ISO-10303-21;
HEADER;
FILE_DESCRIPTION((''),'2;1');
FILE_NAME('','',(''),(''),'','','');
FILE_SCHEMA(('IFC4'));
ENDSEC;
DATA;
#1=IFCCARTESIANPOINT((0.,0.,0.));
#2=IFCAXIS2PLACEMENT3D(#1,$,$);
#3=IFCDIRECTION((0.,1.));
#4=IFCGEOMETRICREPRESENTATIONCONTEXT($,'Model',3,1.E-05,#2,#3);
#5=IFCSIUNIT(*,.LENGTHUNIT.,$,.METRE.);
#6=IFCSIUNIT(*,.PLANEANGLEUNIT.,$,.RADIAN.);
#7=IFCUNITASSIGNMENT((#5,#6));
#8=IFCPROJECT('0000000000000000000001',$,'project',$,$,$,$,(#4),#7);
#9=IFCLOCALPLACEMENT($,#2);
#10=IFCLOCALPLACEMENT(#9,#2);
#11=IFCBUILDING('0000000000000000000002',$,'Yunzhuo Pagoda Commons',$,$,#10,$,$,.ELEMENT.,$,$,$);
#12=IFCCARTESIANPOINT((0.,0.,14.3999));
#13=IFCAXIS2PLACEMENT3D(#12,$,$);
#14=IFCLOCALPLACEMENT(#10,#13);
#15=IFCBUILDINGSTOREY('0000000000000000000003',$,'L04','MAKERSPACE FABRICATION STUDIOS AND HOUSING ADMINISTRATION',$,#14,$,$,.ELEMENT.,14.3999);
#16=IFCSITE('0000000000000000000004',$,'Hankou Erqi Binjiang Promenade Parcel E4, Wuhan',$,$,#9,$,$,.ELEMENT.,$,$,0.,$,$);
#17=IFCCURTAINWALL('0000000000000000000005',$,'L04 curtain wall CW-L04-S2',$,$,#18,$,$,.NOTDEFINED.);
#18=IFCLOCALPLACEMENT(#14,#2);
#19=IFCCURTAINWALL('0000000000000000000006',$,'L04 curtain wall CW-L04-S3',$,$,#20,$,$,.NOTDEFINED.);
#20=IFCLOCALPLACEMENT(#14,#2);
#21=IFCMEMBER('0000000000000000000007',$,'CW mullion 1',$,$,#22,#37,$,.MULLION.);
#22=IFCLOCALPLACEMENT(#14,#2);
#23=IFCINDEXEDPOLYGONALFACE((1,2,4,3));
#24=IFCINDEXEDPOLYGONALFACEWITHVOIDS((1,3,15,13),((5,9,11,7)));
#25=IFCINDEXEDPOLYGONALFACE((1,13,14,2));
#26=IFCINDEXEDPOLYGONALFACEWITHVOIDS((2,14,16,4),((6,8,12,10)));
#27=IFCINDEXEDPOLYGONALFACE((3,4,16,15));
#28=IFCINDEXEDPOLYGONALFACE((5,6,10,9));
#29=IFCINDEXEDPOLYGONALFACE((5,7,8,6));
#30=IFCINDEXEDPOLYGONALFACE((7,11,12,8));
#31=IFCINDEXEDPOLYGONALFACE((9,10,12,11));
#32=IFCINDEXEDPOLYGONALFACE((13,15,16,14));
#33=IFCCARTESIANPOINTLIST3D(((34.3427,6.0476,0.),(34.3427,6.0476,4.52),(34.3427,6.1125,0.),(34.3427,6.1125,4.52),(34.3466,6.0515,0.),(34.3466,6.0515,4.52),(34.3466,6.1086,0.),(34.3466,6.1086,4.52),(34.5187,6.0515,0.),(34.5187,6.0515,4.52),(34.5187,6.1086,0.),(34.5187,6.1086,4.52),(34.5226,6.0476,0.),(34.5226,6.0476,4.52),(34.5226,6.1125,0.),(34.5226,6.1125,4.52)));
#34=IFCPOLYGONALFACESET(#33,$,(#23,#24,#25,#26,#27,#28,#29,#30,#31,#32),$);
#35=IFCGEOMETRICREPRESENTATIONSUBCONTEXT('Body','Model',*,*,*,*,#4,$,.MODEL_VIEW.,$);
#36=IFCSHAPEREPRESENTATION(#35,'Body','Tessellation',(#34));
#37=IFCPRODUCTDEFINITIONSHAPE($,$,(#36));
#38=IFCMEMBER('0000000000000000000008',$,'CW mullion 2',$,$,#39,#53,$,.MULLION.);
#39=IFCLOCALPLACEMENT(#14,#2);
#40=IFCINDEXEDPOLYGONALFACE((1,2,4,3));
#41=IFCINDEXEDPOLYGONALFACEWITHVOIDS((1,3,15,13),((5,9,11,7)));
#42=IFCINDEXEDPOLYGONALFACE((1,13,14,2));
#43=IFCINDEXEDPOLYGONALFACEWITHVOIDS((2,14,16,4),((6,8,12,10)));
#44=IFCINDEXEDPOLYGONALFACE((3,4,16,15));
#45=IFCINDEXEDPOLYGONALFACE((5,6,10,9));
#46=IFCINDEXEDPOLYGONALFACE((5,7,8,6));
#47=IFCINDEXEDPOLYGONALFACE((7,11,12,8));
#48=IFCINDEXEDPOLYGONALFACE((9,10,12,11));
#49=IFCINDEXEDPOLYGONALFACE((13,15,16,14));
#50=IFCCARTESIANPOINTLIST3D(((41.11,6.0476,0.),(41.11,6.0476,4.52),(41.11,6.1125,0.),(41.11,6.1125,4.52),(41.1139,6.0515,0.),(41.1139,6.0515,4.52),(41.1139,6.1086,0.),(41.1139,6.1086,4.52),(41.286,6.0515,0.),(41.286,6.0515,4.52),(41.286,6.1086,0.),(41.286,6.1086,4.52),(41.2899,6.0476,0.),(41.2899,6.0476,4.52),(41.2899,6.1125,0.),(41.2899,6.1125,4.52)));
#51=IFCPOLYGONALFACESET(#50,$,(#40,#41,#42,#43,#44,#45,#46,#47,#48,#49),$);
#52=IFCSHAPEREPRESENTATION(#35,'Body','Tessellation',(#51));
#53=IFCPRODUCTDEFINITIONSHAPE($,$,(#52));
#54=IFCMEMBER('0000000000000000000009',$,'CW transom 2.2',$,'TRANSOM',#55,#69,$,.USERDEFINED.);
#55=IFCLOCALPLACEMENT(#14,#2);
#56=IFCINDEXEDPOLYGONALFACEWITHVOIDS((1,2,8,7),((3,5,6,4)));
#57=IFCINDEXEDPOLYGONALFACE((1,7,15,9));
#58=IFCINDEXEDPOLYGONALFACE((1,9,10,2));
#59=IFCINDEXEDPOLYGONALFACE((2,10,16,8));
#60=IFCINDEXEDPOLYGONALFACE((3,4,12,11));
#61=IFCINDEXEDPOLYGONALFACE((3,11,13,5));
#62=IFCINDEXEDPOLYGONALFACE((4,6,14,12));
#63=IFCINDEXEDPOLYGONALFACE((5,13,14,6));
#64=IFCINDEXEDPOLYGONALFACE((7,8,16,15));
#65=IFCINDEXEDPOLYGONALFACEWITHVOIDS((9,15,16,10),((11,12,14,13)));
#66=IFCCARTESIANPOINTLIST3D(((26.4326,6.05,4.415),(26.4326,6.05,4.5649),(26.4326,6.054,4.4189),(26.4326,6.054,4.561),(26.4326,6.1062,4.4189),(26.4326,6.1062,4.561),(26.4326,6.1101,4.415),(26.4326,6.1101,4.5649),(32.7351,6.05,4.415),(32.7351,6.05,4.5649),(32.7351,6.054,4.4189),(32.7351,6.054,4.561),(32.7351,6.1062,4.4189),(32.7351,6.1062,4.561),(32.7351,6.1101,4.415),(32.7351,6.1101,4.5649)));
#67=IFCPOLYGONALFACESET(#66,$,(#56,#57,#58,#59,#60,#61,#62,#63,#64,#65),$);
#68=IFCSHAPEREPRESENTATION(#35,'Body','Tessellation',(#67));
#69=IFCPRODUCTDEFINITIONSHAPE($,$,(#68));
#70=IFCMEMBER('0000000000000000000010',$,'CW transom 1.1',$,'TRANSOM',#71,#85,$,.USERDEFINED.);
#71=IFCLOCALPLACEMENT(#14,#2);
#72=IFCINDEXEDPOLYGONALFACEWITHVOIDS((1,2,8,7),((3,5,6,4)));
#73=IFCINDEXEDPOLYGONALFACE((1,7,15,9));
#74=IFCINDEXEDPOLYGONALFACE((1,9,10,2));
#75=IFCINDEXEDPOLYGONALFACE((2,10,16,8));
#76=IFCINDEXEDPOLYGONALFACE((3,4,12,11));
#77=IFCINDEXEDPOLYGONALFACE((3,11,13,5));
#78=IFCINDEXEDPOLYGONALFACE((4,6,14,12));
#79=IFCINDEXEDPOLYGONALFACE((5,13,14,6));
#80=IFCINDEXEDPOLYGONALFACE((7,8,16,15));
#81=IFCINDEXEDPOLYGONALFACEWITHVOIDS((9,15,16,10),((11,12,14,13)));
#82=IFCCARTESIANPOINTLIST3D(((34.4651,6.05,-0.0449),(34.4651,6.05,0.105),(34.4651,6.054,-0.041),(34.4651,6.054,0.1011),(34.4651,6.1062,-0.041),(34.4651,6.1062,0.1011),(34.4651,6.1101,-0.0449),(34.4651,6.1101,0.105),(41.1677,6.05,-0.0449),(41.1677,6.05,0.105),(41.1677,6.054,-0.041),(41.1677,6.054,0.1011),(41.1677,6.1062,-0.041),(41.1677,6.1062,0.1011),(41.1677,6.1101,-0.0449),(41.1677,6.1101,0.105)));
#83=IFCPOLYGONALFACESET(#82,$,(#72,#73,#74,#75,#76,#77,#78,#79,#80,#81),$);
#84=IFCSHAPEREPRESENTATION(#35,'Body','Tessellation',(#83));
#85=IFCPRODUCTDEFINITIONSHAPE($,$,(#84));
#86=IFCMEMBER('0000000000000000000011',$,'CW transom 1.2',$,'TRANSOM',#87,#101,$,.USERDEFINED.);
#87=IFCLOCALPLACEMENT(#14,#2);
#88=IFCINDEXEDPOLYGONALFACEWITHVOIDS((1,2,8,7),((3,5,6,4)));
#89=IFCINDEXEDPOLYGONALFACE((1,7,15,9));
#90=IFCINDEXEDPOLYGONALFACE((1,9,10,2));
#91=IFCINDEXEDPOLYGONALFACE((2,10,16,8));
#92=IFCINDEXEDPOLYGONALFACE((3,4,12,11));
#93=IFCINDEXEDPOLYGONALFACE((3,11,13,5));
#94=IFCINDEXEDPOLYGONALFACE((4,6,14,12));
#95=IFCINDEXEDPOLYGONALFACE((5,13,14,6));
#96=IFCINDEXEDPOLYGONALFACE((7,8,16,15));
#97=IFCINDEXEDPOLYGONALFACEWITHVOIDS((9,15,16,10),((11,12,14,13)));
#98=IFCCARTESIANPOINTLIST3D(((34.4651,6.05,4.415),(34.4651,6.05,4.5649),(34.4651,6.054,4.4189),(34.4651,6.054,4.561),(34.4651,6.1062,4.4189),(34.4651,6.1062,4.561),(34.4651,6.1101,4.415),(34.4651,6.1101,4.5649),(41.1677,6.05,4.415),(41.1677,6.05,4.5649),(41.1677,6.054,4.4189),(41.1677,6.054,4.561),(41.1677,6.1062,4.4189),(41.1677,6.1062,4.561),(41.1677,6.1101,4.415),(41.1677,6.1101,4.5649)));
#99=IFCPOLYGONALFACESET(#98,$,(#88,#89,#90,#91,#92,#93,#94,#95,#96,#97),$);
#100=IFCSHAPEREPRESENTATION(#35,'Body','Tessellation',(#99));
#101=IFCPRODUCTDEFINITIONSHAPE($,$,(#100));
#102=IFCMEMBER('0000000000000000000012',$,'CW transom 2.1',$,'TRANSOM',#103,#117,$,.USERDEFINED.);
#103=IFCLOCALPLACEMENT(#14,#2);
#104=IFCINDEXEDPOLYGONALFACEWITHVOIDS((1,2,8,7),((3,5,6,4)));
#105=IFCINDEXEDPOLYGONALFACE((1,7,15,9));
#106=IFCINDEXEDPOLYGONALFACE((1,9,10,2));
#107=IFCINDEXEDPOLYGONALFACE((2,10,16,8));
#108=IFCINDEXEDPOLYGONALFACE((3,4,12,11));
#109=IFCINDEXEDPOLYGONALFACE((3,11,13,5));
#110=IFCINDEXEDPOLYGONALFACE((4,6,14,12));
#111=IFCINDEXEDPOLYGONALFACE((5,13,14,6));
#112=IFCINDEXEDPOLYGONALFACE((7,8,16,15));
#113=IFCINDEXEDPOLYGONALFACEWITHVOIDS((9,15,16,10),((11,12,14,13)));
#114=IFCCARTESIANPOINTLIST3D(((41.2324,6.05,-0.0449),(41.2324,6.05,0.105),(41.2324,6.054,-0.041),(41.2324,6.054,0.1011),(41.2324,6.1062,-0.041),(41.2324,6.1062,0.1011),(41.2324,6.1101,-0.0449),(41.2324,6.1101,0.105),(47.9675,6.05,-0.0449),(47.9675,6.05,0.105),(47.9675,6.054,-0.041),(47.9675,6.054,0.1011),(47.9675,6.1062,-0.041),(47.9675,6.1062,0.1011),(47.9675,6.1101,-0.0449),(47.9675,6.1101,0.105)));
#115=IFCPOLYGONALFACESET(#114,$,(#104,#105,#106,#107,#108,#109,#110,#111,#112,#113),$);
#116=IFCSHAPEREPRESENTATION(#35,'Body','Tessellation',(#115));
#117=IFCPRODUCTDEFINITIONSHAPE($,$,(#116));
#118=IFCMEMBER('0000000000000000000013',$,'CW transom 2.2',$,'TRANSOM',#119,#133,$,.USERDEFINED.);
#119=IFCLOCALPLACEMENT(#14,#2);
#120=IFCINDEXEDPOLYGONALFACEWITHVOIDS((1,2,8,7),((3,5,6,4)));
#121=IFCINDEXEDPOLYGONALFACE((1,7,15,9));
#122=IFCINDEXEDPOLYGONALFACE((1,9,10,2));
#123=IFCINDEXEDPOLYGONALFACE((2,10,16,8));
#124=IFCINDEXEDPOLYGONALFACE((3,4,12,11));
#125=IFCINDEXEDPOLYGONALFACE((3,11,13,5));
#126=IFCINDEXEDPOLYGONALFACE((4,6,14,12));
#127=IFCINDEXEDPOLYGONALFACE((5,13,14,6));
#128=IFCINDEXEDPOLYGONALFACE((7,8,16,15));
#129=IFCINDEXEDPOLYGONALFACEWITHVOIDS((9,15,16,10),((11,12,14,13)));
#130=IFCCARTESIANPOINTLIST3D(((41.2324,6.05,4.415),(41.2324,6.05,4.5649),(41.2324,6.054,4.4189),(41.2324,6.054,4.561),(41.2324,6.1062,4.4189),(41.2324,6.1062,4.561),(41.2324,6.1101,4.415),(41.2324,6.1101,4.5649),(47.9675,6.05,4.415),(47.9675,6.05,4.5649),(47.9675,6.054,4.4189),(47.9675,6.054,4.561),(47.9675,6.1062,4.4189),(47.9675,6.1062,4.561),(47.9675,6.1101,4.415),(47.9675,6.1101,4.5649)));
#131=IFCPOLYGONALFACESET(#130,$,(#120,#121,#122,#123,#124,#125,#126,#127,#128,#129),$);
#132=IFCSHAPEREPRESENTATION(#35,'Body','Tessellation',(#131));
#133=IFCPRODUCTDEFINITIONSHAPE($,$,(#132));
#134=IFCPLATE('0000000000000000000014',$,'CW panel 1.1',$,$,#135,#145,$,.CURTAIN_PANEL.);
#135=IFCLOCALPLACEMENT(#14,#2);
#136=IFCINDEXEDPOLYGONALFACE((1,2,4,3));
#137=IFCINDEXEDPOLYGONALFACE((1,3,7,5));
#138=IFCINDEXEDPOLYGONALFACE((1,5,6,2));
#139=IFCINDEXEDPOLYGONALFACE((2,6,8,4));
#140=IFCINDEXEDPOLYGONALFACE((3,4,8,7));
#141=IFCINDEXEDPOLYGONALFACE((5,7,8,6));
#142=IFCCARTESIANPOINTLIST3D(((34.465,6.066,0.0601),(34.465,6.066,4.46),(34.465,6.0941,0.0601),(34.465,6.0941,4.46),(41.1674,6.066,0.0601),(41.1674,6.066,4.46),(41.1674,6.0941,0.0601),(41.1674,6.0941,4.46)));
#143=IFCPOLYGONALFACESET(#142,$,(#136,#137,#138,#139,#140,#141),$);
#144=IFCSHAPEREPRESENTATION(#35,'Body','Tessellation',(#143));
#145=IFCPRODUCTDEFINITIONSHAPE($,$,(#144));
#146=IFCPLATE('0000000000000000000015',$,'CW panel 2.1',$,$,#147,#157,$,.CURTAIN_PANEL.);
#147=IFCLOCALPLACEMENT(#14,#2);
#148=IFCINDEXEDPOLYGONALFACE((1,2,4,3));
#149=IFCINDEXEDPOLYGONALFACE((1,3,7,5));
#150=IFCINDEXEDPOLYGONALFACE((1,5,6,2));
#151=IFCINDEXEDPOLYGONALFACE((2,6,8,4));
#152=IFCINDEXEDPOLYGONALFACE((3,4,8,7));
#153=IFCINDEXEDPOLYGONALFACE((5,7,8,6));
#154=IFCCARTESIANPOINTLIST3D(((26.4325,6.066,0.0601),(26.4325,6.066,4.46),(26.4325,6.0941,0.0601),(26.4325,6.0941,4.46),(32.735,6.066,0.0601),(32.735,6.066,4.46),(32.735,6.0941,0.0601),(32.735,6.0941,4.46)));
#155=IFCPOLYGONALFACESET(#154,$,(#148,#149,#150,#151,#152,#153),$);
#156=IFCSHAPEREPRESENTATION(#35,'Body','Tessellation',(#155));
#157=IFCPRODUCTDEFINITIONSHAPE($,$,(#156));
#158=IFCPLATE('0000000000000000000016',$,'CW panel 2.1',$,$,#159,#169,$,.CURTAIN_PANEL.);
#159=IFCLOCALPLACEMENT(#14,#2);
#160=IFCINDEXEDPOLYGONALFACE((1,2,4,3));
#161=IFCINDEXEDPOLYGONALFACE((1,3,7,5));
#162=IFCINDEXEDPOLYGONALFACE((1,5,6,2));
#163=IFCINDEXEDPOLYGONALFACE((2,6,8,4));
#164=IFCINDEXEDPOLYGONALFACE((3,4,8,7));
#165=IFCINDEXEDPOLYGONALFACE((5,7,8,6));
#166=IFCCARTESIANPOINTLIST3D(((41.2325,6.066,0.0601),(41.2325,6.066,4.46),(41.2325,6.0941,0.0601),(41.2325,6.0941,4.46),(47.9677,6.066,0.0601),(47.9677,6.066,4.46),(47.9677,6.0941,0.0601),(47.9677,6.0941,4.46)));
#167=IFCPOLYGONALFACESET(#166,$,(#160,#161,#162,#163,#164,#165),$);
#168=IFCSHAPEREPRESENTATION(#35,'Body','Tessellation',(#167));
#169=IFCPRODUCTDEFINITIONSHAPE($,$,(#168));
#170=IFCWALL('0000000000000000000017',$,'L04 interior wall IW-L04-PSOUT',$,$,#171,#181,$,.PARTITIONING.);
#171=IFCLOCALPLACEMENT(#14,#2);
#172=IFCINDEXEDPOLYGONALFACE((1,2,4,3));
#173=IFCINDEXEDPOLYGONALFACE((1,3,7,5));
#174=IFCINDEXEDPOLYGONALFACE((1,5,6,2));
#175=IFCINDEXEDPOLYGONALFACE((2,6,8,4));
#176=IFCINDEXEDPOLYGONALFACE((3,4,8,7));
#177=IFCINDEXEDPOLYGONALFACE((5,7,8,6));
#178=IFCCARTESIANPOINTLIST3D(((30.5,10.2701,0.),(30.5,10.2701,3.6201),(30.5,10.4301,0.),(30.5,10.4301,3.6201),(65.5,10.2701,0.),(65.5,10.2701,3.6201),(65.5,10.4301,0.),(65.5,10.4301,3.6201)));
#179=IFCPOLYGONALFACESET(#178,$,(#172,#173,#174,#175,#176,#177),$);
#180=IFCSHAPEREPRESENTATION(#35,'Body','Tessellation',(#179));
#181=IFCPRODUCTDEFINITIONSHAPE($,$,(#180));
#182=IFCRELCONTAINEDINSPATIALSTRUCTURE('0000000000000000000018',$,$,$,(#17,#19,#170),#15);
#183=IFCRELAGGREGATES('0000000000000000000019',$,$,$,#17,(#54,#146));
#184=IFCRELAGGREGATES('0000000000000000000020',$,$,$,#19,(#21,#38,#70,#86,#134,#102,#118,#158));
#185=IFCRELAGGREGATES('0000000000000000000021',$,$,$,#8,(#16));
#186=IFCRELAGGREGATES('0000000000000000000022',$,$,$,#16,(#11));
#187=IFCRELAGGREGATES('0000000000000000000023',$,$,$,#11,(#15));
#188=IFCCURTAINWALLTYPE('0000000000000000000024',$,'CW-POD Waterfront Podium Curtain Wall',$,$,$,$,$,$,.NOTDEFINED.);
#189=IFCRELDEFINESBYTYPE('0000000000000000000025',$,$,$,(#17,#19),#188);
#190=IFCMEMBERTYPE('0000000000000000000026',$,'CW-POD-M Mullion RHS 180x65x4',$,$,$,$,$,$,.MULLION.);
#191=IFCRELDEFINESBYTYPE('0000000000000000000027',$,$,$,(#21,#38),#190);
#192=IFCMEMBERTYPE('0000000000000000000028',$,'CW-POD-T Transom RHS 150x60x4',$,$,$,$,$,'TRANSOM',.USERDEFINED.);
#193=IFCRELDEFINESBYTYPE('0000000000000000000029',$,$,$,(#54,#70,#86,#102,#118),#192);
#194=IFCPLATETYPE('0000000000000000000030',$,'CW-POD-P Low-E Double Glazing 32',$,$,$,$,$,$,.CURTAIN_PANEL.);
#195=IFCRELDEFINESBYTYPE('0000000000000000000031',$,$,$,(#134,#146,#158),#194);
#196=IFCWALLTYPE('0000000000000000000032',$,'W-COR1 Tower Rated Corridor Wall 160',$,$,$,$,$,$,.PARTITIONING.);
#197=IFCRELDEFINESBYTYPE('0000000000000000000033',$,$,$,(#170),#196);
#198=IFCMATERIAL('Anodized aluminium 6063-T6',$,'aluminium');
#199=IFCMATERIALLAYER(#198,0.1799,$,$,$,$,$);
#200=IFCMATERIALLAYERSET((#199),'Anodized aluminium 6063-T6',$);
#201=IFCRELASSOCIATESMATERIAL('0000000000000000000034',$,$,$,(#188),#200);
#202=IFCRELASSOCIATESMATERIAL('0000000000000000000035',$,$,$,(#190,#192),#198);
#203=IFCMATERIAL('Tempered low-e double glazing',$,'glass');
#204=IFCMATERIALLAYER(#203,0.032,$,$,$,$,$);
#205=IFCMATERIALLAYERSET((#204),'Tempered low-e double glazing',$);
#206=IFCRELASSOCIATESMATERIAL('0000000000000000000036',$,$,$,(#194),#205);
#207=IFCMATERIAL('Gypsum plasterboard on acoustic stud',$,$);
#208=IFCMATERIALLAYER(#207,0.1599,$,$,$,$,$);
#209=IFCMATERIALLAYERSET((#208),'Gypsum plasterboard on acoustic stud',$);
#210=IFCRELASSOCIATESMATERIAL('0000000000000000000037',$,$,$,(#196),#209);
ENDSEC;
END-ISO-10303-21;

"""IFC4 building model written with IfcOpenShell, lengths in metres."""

from ifc_helpers import new_model, si_unit, direction, frame, frame_2d, origin, origin_2d, place, context, subcontext, project, spatial, rectangle, hollow_rectangle, extrude, source, transform, mapped, material, layer, layer_set, material_profile, profile_set, type_object, element, aggregate, save


model = new_model("IFC4")

# Units and contexts
model_context = context("Model", 3, precision=1e-05, world=origin(), true_north=direction((0.0, 1.0)))
body_context = subcontext(model_context, "Body", "Model", "MODEL_VIEW")
ifc_project = project(units=[si_unit("LENGTHUNIT", "METRE"), si_unit("PLANEANGLEUNIT", "RADIAN")], contexts=[model_context])

# Site, building, storey
site_placement = place(None, origin())
site = spatial("IfcSite", under=ifc_project, at=site_placement, Name="Hankou Erqi Binjiang Promenade Parcel E4, Wuhan", CompositionType="ELEMENT", RefElevation=0.0)
building_placement = place(site_placement, origin())
building = spatial("IfcBuilding", under=site, at=building_placement, Name="Yunzhuo Pagoda Commons", CompositionType="ELEMENT")
storey_placement = place(building_placement, frame((0.0, 0.0, 14.3999)))
storey = spatial("IfcBuildingStorey", under=building, at=storey_placement, Name="L04", Description="MAKERSPACE FABRICATION STUDIOS AND HOUSING ADMINISTRATION", CompositionType="ELEMENT", Elevation=14.3999)

# Curtain wall
ifc_material_1 = material(Name="Anodized aluminium 6063-T6", Category="aluminium")
ifc_layer_1 = layer(ifc_material_1, 0.1799)
ifc_layer_set_1 = layer_set([ifc_layer_1], Name="Anodized aluminium 6063-T6")
curtain_wall_type = type_object("IfcCurtainWallType", Name="CW-POD Waterfront Podium Curtain Wall", PredefinedType="NOTDEFINED", material=ifc_layer_set_1)
curtain_wall_1_placement = place(storey_placement, origin())
curtain_wall_1 = element("IfcCurtainWall", 1, at=curtain_wall_1_placement, inside=storey, type_object=curtain_wall_type, Name="L04 curtain wall CW-L04-S2", PredefinedType="NOTDEFINED")
ifc_material_profile_1 = material_profile(ifc_material_1, hollow_rectangle(XDim=0.0649, YDim=0.1799, WallThickness=0.0039, at=origin_2d()), Name="Anodized aluminium 6063-T6")
ifc_profile_set_1 = profile_set([ifc_material_profile_1], Name="Anodized aluminium 6063-T6")
member_type_1 = type_object("IfcMemberType", Name="CW-POD-M Mullion RHS 180x65x4", PredefinedType="MULLION", material=ifc_profile_set_1)
shared_shape_1 = source(origin(), body_context, "Body", "SweptSolid", [
    extrude(hollow_rectangle(XDim=0.0649, YDim=0.1799, WallThickness=0.0039, at=origin_2d()), origin(), (0.0, 0.0, 1.0), 4.52),
])

# Curtain wall, members
curtain_wall_2_placement = place(storey_placement, origin())
curtain_wall_2 = element("IfcCurtainWall", 2, at=curtain_wall_2_placement, inside=storey, type_object=curtain_wall_type, Name="L04 curtain wall CW-L04-S3", PredefinedType="NOTDEFINED")
member_1_placement = place(storey_placement, frame((34.4326, 6.0801, 0.0), z_axis=(0.0, 0.0, 1.0), x_axis=(0.0, 1.0, 0.0)))
member_1 = element("IfcMember", 3, at=member_1_placement, type_object=member_type_1, Name="CW mullion 1", PredefinedType="MULLION", context=body_context, shape_type="MappedRepresentation", body=[
    mapped(shared_shape_1, transform((0.0, 0.0, 0.0), scale=1.0)),
])
member_2_placement = place(storey_placement, frame((41.2, 6.0801, 0.0), z_axis=(0.0, 0.0, 1.0), x_axis=(0.0, 1.0, 0.0)))
member_2 = element("IfcMember", 4, at=member_2_placement, type_object=member_type_1, Name="CW mullion 2", PredefinedType="MULLION", context=body_context, shape_type="MappedRepresentation", body=[
    mapped(shared_shape_1, transform((0.0, 0.0, 0.0), scale=1.0)),
])

# Members
ifc_material_profile_2 = material_profile(ifc_material_1, hollow_rectangle(XDim=0.0601, YDim=0.1499, WallThickness=0.0039, at=origin_2d()), Name="Anodized aluminium 6063-T6")
ifc_profile_set_2 = profile_set([ifc_material_profile_2], Name="Anodized aluminium 6063-T6")
member_type_2 = type_object("IfcMemberType", Name="CW-POD-T Transom RHS 150x60x4", ElementType="TRANSOM", PredefinedType="USERDEFINED", material=ifc_profile_set_2)
shared_shape_2 = source(origin(), body_context, "Body", "SweptSolid", [
    extrude(hollow_rectangle(XDim=0.0601, YDim=0.1499, WallThickness=0.0039, at=origin_2d()), origin(), (0.0, 0.0, 1.0), 6.3025),
])
member_3_placement = place(storey_placement, frame((26.4326, 6.0801, 4.49), z_axis=(1.0, 0.0, 0.0), x_axis=(0.0, 1.0, 0.0)))
member_3 = element("IfcMember", 5, at=member_3_placement, type_object=member_type_2, Name="CW transom 2.2", ObjectType="TRANSOM", PredefinedType="USERDEFINED", context=body_context, shape_type="MappedRepresentation", body=[
    mapped(shared_shape_2, transform((0.0, 0.0, 0.0), scale=1.0)),
])
shared_shape_3 = source(origin(), body_context, "Body", "SweptSolid", [
    extrude(hollow_rectangle(XDim=0.0601, YDim=0.1499, WallThickness=0.0039, at=origin_2d()), origin(), (0.0, 0.0, 1.0), 6.7026),
])
member_4_placement = place(storey_placement, frame((34.4651, 6.0801, 0.03), z_axis=(1.0, 0.0, 0.0), x_axis=(0.0, 1.0, 0.0)))
member_4 = element("IfcMember", 6, at=member_4_placement, type_object=member_type_2, Name="CW transom 1.1", ObjectType="TRANSOM", PredefinedType="USERDEFINED", context=body_context, shape_type="MappedRepresentation", body=[
    mapped(shared_shape_3, transform((0.0, 0.0, 0.0), scale=1.0)),
])
member_5_placement = place(storey_placement, frame((34.4651, 6.0801, 4.49), z_axis=(1.0, 0.0, 0.0), x_axis=(0.0, 1.0, 0.0)))
member_5 = element("IfcMember", 7, at=member_5_placement, type_object=member_type_2, Name="CW transom 1.2", ObjectType="TRANSOM", PredefinedType="USERDEFINED", context=body_context, shape_type="MappedRepresentation", body=[
    mapped(shared_shape_3, transform((0.0, 0.0, 0.0), scale=1.0)),
])
shared_shape_4 = source(origin(), body_context, "Body", "SweptSolid", [
    extrude(hollow_rectangle(XDim=0.0601, YDim=0.1499, WallThickness=0.0039, at=origin_2d()), origin(), (0.0, 0.0, 1.0), 6.7351),
])
member_6_placement = place(storey_placement, frame((41.2324, 6.0801, 0.03), z_axis=(1.0, 0.0, 0.0), x_axis=(0.0, 1.0, 0.0)))
member_6 = element("IfcMember", 8, at=member_6_placement, type_object=member_type_2, Name="CW transom 2.1", ObjectType="TRANSOM", PredefinedType="USERDEFINED", context=body_context, shape_type="MappedRepresentation", body=[
    mapped(shared_shape_4, transform((0.0, 0.0, 0.0), scale=1.0)),
])
member_7_placement = place(storey_placement, frame((41.2324, 6.0801, 4.49), z_axis=(1.0, 0.0, 0.0), x_axis=(0.0, 1.0, 0.0)))
member_7 = element("IfcMember", 9, at=member_7_placement, type_object=member_type_2, Name="CW transom 2.2", ObjectType="TRANSOM", PredefinedType="USERDEFINED", context=body_context, shape_type="MappedRepresentation", body=[
    mapped(shared_shape_4, transform((0.0, 0.0, 0.0), scale=1.0)),
])

# Plates
ifc_material_2 = material(Name="Tempered low-e double glazing", Category="glass")
ifc_layer_2 = layer(ifc_material_2, 0.032)
ifc_layer_set_2 = layer_set([ifc_layer_2], Name="Tempered low-e double glazing")
plate_type = type_object("IfcPlateType", Name="CW-POD-P Low-E Double Glazing 32", PredefinedType="CURTAIN_PANEL", material=ifc_layer_set_2)
shared_shape_5 = source(origin(), body_context, "Body", "SweptSolid", [
    extrude(rectangle(XDim=6.7024, YDim=0.0281, at=origin_2d()), origin(), (0.0, 0.0, 1.0), 4.3999),
])
plate_1_placement = place(storey_placement, frame((37.8162, 6.0801, 0.0601), z_axis=(0.0, 0.0, 1.0), x_axis=(1.0, 0.0, 0.0)))
plate_1 = element("IfcPlate", 10, at=plate_1_placement, type_object=plate_type, Name="CW panel 1.1", PredefinedType="CURTAIN_PANEL", context=body_context, shape_type="MappedRepresentation", body=[
    mapped(shared_shape_5, transform((0.0, 0.0, 0.0), scale=1.0)),
])
shared_shape_6 = source(origin(), body_context, "Body", "SweptSolid", [
    extrude(rectangle(XDim=6.3025, YDim=0.0281, at=origin_2d()), origin(), (0.0, 0.0, 1.0), 4.3999),
])
plate_2_placement = place(storey_placement, frame((29.5837, 6.0801, 0.0601), z_axis=(0.0, 0.0, 1.0), x_axis=(1.0, 0.0, 0.0)))
plate_2 = element("IfcPlate", 11, at=plate_2_placement, type_object=plate_type, Name="CW panel 2.1", PredefinedType="CURTAIN_PANEL", context=body_context, shape_type="MappedRepresentation", body=[
    mapped(shared_shape_6, transform((0.0, 0.0, 0.0), scale=1.0)),
])
aggregate(curtain_wall_1, [member_3, plate_2])
shared_shape_7 = source(origin(), body_context, "Body", "SweptSolid", [
    extrude(rectangle(XDim=6.7351, YDim=0.0281, at=origin_2d()), origin(), (0.0, 0.0, 1.0), 4.3999),
])
plate_3_placement = place(storey_placement, frame((44.6001, 6.0801, 0.0601), z_axis=(0.0, 0.0, 1.0), x_axis=(1.0, 0.0, 0.0)))
plate_3 = element("IfcPlate", 12, at=plate_3_placement, type_object=plate_type, Name="CW panel 2.1", PredefinedType="CURTAIN_PANEL", context=body_context, shape_type="MappedRepresentation", body=[
    mapped(shared_shape_7, transform((0.0, 0.0, 0.0), scale=1.0)),
])
aggregate(curtain_wall_2, [member_1, member_2, member_4, member_5, plate_1, member_6, member_7, plate_3])

# Wall
ifc_material_3 = material(Name="Gypsum plasterboard on acoustic stud")
ifc_layer_3 = layer(ifc_material_3, 0.1599)
ifc_layer_set_3 = layer_set([ifc_layer_3], Name="Gypsum plasterboard on acoustic stud")
wall_type_1 = type_object("IfcWallType", Name="W-COR1 Tower Rated Corridor Wall 160", PredefinedType="PARTITIONING", material=ifc_layer_set_3)
wall_1_placement = place(storey_placement, frame((30.5, 10.3501, 0.0), z_axis=(0.0, 0.0, 1.0), x_axis=(1.0, 0.0, 0.0)))
element("IfcWall", 13, at=wall_1_placement, inside=storey, type_object=wall_type_1, Name="L04 interior wall IW-L04-PSOUT", PredefinedType="PARTITIONING", context=body_context, shape_type="SweptSolid", body=[
    extrude(rectangle(XDim=35.0, YDim=0.1599, at=frame_2d((17.5, 0.0))), origin(), (0.0, 0.0, 1.0), 3.6201),
])

save(model, "model.ifc")
